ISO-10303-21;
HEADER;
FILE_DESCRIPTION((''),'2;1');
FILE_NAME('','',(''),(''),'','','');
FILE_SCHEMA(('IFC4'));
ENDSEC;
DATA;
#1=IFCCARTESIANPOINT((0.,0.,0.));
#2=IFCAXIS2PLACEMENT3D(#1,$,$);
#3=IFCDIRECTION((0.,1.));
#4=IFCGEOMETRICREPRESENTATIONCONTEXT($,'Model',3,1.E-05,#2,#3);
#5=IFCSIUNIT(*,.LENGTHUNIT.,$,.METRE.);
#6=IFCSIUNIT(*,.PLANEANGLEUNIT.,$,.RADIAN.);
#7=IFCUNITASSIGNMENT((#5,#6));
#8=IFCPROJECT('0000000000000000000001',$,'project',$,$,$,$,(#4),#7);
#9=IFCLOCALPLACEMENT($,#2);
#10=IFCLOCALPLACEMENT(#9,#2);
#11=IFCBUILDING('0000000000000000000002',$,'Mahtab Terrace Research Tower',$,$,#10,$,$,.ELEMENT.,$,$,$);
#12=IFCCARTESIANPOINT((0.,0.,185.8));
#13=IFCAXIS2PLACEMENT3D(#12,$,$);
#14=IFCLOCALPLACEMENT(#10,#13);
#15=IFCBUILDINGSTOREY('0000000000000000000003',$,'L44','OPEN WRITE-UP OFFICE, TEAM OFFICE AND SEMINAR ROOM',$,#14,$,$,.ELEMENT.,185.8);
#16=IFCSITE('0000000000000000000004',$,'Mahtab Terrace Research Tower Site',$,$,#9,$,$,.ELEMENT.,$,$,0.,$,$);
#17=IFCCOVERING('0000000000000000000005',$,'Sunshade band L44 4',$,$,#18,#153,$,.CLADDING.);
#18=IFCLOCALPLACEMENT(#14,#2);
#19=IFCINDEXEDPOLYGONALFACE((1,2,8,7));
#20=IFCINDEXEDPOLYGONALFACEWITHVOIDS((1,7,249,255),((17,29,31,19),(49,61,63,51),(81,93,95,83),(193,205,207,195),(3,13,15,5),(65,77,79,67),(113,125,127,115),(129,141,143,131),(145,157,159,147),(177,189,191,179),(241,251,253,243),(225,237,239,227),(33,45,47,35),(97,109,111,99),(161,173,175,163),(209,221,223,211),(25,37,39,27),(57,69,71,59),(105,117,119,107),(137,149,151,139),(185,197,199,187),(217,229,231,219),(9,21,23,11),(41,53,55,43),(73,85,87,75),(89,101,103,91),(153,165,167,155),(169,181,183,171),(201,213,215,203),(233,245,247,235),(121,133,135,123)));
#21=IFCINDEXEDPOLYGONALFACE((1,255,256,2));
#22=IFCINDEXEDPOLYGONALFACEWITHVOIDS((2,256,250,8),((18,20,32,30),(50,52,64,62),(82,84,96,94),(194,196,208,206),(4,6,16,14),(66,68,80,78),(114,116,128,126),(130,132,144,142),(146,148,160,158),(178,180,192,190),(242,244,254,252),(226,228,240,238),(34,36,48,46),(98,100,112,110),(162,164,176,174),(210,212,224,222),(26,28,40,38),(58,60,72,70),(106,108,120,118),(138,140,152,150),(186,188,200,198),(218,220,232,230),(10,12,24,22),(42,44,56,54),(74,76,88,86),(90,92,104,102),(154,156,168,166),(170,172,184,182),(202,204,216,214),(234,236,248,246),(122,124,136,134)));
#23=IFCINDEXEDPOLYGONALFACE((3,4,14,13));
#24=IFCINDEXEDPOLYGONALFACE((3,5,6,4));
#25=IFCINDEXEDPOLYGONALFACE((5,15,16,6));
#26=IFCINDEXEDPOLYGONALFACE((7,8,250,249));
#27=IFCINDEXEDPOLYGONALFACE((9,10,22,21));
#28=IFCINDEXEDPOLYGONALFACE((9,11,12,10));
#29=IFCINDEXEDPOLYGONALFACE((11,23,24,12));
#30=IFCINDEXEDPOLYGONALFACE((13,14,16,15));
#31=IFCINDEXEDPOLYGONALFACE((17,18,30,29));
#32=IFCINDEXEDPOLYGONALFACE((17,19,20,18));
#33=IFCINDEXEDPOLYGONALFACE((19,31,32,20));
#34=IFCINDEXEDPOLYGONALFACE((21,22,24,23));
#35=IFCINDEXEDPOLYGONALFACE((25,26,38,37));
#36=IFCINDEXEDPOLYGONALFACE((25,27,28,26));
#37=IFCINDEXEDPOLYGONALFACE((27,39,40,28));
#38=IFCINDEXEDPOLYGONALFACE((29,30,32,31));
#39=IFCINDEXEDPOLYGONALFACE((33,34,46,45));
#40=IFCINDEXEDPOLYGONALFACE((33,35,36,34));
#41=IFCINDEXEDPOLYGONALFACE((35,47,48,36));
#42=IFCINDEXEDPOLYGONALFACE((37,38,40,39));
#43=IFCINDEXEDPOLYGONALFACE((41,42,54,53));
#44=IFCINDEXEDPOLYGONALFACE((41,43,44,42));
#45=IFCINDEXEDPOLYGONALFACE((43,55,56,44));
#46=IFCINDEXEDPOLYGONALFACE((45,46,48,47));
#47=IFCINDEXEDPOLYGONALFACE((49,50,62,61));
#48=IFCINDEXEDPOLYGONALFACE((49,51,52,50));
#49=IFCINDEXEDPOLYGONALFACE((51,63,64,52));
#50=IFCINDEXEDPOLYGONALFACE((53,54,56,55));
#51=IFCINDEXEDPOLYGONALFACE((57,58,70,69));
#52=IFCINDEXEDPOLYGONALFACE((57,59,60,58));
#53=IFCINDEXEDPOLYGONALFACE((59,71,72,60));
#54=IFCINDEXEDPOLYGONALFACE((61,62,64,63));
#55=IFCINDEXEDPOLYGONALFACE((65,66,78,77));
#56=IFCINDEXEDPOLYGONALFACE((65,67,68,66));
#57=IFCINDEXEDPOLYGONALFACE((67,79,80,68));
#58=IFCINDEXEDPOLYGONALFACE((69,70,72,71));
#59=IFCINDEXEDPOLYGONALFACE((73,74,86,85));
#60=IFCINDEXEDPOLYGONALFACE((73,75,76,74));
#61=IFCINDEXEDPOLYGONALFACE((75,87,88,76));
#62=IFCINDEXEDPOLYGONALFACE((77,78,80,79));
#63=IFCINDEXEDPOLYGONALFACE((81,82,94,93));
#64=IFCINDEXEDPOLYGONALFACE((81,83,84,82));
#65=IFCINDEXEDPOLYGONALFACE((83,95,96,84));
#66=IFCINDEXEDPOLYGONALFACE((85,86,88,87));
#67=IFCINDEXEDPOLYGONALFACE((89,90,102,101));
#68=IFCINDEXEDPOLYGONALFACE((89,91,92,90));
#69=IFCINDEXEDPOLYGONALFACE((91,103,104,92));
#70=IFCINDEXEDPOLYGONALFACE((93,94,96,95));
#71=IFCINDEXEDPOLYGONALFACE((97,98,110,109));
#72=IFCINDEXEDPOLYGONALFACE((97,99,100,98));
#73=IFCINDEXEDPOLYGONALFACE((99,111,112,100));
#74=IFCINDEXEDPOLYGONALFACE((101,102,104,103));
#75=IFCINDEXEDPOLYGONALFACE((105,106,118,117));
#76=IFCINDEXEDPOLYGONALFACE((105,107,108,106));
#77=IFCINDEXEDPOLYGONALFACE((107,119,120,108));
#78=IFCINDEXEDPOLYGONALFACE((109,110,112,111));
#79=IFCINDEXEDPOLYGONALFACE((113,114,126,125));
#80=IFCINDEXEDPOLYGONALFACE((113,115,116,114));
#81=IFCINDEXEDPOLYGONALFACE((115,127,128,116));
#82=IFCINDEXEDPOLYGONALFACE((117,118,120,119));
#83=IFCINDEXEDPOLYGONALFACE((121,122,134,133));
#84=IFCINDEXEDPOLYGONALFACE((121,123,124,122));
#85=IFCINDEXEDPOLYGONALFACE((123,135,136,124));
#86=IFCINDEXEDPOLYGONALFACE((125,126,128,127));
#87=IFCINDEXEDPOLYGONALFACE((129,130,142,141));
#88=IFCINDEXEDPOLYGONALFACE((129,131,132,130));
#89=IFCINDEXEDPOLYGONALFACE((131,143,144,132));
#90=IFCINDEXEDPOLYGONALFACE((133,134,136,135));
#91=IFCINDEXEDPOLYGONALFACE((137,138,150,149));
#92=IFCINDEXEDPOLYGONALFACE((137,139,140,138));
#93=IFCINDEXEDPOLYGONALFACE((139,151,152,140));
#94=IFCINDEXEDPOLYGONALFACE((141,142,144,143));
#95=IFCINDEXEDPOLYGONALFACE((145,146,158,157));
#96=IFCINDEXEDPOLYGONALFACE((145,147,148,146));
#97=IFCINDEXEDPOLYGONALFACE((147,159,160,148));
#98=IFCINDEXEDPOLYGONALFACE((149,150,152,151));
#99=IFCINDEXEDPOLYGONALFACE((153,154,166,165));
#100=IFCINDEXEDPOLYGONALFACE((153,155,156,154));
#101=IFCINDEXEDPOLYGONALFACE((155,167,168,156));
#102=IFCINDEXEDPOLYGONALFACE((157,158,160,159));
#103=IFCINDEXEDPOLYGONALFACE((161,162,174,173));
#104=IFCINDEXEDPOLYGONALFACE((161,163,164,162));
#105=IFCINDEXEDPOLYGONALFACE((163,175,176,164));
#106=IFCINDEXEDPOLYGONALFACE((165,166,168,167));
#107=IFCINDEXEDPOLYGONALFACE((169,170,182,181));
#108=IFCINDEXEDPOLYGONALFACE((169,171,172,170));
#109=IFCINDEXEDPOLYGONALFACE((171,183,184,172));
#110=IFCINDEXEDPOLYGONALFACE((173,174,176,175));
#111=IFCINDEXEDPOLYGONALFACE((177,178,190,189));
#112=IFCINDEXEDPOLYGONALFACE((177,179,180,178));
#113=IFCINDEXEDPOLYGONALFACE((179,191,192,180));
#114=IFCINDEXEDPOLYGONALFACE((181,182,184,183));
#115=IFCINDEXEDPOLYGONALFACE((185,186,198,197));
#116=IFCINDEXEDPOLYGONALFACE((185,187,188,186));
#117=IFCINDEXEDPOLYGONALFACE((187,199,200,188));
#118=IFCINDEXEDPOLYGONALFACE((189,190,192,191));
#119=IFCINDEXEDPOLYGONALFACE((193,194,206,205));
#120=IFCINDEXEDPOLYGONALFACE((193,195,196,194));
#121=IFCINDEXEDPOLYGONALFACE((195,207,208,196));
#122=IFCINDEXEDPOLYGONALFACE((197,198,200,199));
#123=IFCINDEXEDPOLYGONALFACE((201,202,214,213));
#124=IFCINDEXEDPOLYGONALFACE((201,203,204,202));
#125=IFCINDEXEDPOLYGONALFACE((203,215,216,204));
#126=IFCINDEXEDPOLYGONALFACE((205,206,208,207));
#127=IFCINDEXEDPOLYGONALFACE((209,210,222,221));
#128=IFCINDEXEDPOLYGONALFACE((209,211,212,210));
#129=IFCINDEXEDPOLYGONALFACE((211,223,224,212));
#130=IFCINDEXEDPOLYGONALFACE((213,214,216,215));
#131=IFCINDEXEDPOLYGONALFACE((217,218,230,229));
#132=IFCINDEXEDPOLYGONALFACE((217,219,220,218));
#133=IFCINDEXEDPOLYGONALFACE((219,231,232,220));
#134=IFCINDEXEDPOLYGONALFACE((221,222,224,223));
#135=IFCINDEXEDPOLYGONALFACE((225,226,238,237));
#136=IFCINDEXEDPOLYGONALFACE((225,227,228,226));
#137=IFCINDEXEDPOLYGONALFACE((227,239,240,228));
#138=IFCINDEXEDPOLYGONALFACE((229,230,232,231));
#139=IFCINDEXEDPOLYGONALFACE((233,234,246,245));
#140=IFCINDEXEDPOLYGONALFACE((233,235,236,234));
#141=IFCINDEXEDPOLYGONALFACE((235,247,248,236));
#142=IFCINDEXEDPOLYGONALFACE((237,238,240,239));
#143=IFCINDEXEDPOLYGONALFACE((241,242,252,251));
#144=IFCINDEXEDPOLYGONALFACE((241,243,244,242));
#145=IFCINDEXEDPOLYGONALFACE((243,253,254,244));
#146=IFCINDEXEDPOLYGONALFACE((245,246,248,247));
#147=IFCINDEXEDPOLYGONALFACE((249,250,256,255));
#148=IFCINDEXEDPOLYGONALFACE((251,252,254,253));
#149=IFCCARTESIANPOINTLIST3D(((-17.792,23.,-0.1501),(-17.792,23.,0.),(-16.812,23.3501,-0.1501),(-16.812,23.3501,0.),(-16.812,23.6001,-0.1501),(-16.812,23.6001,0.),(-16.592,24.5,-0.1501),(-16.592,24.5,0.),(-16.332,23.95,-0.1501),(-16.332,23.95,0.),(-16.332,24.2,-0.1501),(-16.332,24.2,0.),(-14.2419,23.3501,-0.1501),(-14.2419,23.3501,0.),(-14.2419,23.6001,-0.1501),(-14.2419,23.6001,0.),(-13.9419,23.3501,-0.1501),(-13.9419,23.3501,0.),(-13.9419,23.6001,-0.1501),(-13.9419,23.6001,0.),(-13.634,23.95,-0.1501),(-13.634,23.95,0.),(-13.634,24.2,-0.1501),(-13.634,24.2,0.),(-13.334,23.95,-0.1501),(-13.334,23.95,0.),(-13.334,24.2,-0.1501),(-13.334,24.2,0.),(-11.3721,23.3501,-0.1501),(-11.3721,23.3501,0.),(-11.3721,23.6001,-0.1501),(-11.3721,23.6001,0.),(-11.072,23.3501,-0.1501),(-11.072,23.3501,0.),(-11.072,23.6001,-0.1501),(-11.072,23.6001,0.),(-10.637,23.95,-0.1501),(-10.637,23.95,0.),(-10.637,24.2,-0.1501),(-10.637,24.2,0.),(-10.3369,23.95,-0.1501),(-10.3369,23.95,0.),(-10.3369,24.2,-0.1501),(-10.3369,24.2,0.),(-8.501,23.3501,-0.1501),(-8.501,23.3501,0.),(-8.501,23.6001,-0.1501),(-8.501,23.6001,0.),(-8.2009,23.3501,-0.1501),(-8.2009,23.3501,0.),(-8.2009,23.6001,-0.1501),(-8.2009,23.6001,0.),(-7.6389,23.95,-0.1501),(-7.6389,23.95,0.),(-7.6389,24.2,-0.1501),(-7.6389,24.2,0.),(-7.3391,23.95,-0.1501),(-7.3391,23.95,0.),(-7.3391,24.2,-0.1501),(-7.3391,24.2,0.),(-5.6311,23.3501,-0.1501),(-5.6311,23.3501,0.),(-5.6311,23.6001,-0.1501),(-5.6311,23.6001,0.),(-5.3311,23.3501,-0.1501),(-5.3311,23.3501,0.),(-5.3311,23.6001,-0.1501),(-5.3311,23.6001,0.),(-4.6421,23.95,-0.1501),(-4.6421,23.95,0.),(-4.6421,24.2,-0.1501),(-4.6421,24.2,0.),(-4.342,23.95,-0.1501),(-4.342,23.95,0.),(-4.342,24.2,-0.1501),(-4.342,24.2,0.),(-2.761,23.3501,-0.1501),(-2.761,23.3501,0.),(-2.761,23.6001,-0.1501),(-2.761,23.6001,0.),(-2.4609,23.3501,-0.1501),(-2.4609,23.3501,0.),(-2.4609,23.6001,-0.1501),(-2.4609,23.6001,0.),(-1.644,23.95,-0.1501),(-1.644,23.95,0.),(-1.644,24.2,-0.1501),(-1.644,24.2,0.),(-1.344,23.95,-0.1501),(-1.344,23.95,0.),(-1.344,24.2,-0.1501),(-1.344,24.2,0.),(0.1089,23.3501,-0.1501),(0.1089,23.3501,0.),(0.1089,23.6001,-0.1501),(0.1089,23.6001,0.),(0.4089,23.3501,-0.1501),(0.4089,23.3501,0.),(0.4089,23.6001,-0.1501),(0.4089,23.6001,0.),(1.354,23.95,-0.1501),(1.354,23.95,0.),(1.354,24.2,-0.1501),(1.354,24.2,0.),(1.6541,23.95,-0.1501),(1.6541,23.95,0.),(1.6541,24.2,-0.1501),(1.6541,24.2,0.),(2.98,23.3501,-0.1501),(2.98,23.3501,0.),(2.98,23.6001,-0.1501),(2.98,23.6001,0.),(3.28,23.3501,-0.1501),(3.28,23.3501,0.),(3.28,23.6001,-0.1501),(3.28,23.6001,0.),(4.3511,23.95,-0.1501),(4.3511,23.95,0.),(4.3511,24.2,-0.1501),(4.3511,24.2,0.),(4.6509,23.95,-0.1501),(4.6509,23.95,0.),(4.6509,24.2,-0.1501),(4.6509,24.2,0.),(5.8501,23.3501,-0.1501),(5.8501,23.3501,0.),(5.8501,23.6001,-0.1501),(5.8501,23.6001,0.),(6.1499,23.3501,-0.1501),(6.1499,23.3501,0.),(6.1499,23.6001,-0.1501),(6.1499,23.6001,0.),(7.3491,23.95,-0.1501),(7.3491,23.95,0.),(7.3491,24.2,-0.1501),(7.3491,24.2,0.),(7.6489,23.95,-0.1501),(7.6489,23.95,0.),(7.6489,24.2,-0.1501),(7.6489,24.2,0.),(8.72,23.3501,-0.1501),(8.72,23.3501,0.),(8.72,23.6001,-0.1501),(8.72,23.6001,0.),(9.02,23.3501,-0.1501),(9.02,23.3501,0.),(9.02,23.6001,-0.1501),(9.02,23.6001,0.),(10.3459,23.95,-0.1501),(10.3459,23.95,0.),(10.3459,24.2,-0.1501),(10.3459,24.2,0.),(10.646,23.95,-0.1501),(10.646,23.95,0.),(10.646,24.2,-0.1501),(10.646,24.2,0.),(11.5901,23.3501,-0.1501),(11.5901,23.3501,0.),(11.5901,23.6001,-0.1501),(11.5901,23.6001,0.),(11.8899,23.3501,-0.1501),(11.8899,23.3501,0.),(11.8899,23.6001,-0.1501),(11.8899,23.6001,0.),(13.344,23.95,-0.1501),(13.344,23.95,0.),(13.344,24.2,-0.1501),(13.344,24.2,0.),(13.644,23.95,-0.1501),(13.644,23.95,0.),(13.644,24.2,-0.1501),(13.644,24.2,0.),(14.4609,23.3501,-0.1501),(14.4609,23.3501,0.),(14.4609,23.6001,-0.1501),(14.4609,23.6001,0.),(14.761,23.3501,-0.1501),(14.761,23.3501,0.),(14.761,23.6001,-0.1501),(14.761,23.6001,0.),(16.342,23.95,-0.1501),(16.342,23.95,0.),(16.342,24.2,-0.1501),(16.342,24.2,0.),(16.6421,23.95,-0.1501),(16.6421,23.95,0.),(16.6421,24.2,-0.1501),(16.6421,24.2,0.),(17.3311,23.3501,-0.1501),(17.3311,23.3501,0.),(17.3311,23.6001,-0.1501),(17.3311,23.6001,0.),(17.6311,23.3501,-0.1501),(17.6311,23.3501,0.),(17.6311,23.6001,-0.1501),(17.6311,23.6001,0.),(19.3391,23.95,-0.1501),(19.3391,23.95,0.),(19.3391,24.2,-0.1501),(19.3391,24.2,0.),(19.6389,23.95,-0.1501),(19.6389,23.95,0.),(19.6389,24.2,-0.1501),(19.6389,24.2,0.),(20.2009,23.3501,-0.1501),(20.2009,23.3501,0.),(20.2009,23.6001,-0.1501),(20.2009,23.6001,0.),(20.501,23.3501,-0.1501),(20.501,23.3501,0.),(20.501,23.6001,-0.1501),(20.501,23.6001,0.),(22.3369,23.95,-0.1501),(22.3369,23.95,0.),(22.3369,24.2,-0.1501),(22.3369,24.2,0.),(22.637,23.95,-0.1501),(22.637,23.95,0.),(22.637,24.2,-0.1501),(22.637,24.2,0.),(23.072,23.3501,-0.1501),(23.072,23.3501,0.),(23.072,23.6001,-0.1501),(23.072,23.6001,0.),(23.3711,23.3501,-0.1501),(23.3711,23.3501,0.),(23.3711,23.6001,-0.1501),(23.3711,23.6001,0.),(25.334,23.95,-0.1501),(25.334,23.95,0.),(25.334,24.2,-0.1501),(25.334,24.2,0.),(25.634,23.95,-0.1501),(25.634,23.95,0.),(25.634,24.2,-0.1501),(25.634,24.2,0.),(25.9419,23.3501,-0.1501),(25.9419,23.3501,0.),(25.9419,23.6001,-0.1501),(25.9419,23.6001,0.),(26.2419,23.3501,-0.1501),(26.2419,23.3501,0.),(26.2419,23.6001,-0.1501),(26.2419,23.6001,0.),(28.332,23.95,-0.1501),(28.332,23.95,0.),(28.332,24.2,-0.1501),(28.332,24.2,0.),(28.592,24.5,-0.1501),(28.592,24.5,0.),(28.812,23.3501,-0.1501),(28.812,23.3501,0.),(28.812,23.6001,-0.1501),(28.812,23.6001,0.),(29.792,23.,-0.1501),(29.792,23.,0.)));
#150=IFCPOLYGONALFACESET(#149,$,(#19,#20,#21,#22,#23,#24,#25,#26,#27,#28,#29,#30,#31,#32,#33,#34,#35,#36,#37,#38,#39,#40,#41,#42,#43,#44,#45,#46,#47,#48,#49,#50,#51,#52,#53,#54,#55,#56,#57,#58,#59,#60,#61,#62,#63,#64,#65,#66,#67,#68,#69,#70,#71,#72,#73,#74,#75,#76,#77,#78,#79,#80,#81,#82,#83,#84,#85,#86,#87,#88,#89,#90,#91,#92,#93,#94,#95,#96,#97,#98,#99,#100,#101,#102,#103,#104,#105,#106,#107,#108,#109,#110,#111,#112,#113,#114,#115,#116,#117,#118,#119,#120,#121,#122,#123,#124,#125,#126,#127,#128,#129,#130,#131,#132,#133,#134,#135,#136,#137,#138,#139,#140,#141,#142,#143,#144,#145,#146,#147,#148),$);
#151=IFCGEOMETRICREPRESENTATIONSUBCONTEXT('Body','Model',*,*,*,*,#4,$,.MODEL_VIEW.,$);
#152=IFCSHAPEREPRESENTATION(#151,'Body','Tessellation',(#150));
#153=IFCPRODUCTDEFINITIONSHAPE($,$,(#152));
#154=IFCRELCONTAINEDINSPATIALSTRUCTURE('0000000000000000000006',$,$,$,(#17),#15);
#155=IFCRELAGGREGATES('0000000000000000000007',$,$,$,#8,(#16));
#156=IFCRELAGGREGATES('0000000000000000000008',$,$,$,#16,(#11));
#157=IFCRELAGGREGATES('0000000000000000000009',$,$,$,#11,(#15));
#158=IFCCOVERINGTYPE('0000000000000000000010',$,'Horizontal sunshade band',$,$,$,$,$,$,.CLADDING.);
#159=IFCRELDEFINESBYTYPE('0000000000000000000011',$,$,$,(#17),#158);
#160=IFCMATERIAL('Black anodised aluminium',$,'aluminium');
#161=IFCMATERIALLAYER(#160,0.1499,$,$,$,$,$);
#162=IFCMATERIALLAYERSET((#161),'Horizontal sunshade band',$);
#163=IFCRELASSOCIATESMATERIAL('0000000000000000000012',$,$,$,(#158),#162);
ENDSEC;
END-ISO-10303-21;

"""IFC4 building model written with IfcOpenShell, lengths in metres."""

from ifc_helpers import new_model, si_unit, direction, frame, origin, place, context, subcontext, project, spatial, polyline, outline, extrude, material, layer, layer_set, type_object, element, save


model = new_model("IFC4")

# Units and contexts
model_context = context("Model", 3, precision=1e-05, world=origin(), true_north=direction((0.0, 1.0)))
body_context = subcontext(model_context, "Body", "Model", "MODEL_VIEW")
ifc_project = project(units=[si_unit("LENGTHUNIT", "METRE"), si_unit("PLANEANGLEUNIT", "RADIAN")], contexts=[model_context])

# Site, building, storey
site_placement = place(None, origin())
site = spatial("IfcSite", under=ifc_project, at=site_placement, Name="Mahtab Terrace Research Tower Site", CompositionType="ELEMENT", RefElevation=0.0)
building_placement = place(site_placement, origin())
building = spatial("IfcBuilding", under=site, at=building_placement, Name="Mahtab Terrace Research Tower", CompositionType="ELEMENT")
storey_placement = place(building_placement, frame((0.0, 0.0, 185.8)))
storey = spatial("IfcBuildingStorey", under=building, at=storey_placement, Name="L44", Description="OPEN WRITE-UP OFFICE, TEAM OFFICE AND SEMINAR ROOM", CompositionType="ELEMENT", Elevation=185.8)

# Covering
ifc_material_1 = material(Name="Black anodised aluminium", Category="aluminium")
ifc_layer_1 = layer(ifc_material_1, 0.1499)
ifc_layer_set_1 = layer_set([ifc_layer_1], Name="Horizontal sunshade band")
covering_type = type_object("IfcCoveringType", Name="Horizontal sunshade band", PredefinedType="CLADDING", material=ifc_layer_set_1)
covering_1_placement = place(storey_placement, frame((0.0, 0.0, -0.1501)))
element("IfcCovering", 1, at=covering_1_placement, inside=storey, type_object=covering_type, Name="Sunshade band L44 4", PredefinedType="CLADDING", context=body_context, shape_type="SweptSolid", body=[
    extrude(outline(polyline([(29.792, 23.0), (-17.792, 23.0), (-16.592, 24.5), (28.592, 24.5), (29.792, 23.0)]), holes=[polyline([(28.812, 23.3501), (26.2419, 23.3501), (26.2419, 23.6001), (28.812, 23.6001), (28.812, 23.3501)]), polyline([(25.9419, 23.3501), (23.3711, 23.3501), (23.3711, 23.6001), (25.9419, 23.6001), (25.9419, 23.3501)]), polyline([(23.072, 23.3501), (20.501, 23.3501), (20.501, 23.6001), (23.072, 23.6001), (23.072, 23.3501)]), polyline([(20.2009, 23.3501), (17.6311, 23.3501), (17.6311, 23.6001), (20.2009, 23.6001), (20.2009, 23.3501)]), polyline([(17.3311, 23.3501), (14.761, 23.3501), (14.761, 23.6001), (17.3311, 23.6001), (17.3311, 23.3501)]), polyline([(14.4609, 23.3501), (11.8899, 23.3501), (11.8899, 23.6001), (14.4609, 23.6001), (14.4609, 23.3501)]), polyline([(11.5901, 23.3501), (9.02, 23.3501), (9.02, 23.6001), (11.5901, 23.6001), (11.5901, 23.3501)]), polyline([(8.72, 23.3501), (6.1499, 23.3501), (6.1499, 23.6001), (8.72, 23.6001), (8.72, 23.3501)]), polyline([(5.8501, 23.3501), (3.28, 23.3501), (3.28, 23.6001), (5.8501, 23.6001), (5.8501, 23.3501)]), polyline([(2.98, 23.3501), (0.4089, 23.3501), (0.4089, 23.6001), (2.98, 23.6001), (2.98, 23.3501)]), polyline([(0.1089, 23.3501), (-2.4609, 23.3501), (-2.4609, 23.6001), (0.1089, 23.6001), (0.1089, 23.3501)]), polyline([(-2.761, 23.3501), (-5.3311, 23.3501), (-5.3311, 23.6001), (-2.761, 23.6001), (-2.761, 23.3501)]), polyline([(-5.6311, 23.3501), (-8.2009, 23.3501), (-8.2009, 23.6001), (-5.6311, 23.6001), (-5.6311, 23.3501)]), polyline([(-8.501, 23.3501), (-11.072, 23.3501), (-11.072, 23.6001), (-8.501, 23.6001), (-8.501, 23.3501)]), polyline([(-11.3721, 23.3501), (-13.9419, 23.3501), (-13.9419, 23.6001), (-11.3721, 23.6001), (-11.3721, 23.3501)]), polyline([(-14.2419, 23.3501), (-16.812, 23.3501), (-16.812, 23.6001), (-14.2419, 23.6001), (-14.2419, 23.3501)]), polyline([(28.332, 23.95), (25.634, 23.95), (25.634, 24.2), (28.332, 24.2), (28.332, 23.95)]), polyline([(25.334, 23.95), (22.637, 23.95), (22.637, 24.2), (25.334, 24.2), (25.334, 23.95)]), polyline([(22.3369, 23.95), (19.6389, 23.95), (19.6389, 24.2), (22.3369, 24.2), (22.3369, 23.95)]), polyline([(19.3391, 23.95), (16.6421, 23.95), (16.6421, 24.2), (19.3391, 24.2), (19.3391, 23.95)]), polyline([(16.342, 23.95), (13.644, 23.95), (13.644, 24.2), (16.342, 24.2), (16.342, 23.95)]), polyline([(13.344, 23.95), (10.646, 23.95), (10.646, 24.2), (13.344, 24.2), (13.344, 23.95)]), polyline([(10.3459, 23.95), (7.6489, 23.95), (7.6489, 24.2), (10.3459, 24.2), (10.3459, 23.95)]), polyline([(7.3491, 23.95), (4.6509, 23.95), (4.6509, 24.2), (7.3491, 24.2), (7.3491, 23.95)]), polyline([(4.3511, 23.95), (1.6541, 23.95), (1.6541, 24.2), (4.3511, 24.2), (4.3511, 23.95)]), polyline([(1.354, 23.95), (-1.344, 23.95), (-1.344, 24.2), (1.354, 24.2), (1.354, 23.95)]), polyline([(-1.644, 23.95), (-4.342, 23.95), (-4.342, 24.2), (-1.644, 24.2), (-1.644, 23.95)]), polyline([(-4.6421, 23.95), (-7.3391, 23.95), (-7.3391, 24.2), (-4.6421, 24.2), (-4.6421, 23.95)]), polyline([(-7.6389, 23.95), (-10.3369, 23.95), (-10.3369, 24.2), (-7.6389, 24.2), (-7.6389, 23.95)]), polyline([(-10.637, 23.95), (-13.334, 23.95), (-13.334, 24.2), (-10.637, 24.2), (-10.637, 23.95)]), polyline([(-13.634, 23.95), (-16.332, 23.95), (-16.332, 24.2), (-13.634, 24.2), (-13.634, 23.95)])]), origin(), (0.0, 0.0, 1.0), 0.1501),
])

save(model, "model.ifc")
